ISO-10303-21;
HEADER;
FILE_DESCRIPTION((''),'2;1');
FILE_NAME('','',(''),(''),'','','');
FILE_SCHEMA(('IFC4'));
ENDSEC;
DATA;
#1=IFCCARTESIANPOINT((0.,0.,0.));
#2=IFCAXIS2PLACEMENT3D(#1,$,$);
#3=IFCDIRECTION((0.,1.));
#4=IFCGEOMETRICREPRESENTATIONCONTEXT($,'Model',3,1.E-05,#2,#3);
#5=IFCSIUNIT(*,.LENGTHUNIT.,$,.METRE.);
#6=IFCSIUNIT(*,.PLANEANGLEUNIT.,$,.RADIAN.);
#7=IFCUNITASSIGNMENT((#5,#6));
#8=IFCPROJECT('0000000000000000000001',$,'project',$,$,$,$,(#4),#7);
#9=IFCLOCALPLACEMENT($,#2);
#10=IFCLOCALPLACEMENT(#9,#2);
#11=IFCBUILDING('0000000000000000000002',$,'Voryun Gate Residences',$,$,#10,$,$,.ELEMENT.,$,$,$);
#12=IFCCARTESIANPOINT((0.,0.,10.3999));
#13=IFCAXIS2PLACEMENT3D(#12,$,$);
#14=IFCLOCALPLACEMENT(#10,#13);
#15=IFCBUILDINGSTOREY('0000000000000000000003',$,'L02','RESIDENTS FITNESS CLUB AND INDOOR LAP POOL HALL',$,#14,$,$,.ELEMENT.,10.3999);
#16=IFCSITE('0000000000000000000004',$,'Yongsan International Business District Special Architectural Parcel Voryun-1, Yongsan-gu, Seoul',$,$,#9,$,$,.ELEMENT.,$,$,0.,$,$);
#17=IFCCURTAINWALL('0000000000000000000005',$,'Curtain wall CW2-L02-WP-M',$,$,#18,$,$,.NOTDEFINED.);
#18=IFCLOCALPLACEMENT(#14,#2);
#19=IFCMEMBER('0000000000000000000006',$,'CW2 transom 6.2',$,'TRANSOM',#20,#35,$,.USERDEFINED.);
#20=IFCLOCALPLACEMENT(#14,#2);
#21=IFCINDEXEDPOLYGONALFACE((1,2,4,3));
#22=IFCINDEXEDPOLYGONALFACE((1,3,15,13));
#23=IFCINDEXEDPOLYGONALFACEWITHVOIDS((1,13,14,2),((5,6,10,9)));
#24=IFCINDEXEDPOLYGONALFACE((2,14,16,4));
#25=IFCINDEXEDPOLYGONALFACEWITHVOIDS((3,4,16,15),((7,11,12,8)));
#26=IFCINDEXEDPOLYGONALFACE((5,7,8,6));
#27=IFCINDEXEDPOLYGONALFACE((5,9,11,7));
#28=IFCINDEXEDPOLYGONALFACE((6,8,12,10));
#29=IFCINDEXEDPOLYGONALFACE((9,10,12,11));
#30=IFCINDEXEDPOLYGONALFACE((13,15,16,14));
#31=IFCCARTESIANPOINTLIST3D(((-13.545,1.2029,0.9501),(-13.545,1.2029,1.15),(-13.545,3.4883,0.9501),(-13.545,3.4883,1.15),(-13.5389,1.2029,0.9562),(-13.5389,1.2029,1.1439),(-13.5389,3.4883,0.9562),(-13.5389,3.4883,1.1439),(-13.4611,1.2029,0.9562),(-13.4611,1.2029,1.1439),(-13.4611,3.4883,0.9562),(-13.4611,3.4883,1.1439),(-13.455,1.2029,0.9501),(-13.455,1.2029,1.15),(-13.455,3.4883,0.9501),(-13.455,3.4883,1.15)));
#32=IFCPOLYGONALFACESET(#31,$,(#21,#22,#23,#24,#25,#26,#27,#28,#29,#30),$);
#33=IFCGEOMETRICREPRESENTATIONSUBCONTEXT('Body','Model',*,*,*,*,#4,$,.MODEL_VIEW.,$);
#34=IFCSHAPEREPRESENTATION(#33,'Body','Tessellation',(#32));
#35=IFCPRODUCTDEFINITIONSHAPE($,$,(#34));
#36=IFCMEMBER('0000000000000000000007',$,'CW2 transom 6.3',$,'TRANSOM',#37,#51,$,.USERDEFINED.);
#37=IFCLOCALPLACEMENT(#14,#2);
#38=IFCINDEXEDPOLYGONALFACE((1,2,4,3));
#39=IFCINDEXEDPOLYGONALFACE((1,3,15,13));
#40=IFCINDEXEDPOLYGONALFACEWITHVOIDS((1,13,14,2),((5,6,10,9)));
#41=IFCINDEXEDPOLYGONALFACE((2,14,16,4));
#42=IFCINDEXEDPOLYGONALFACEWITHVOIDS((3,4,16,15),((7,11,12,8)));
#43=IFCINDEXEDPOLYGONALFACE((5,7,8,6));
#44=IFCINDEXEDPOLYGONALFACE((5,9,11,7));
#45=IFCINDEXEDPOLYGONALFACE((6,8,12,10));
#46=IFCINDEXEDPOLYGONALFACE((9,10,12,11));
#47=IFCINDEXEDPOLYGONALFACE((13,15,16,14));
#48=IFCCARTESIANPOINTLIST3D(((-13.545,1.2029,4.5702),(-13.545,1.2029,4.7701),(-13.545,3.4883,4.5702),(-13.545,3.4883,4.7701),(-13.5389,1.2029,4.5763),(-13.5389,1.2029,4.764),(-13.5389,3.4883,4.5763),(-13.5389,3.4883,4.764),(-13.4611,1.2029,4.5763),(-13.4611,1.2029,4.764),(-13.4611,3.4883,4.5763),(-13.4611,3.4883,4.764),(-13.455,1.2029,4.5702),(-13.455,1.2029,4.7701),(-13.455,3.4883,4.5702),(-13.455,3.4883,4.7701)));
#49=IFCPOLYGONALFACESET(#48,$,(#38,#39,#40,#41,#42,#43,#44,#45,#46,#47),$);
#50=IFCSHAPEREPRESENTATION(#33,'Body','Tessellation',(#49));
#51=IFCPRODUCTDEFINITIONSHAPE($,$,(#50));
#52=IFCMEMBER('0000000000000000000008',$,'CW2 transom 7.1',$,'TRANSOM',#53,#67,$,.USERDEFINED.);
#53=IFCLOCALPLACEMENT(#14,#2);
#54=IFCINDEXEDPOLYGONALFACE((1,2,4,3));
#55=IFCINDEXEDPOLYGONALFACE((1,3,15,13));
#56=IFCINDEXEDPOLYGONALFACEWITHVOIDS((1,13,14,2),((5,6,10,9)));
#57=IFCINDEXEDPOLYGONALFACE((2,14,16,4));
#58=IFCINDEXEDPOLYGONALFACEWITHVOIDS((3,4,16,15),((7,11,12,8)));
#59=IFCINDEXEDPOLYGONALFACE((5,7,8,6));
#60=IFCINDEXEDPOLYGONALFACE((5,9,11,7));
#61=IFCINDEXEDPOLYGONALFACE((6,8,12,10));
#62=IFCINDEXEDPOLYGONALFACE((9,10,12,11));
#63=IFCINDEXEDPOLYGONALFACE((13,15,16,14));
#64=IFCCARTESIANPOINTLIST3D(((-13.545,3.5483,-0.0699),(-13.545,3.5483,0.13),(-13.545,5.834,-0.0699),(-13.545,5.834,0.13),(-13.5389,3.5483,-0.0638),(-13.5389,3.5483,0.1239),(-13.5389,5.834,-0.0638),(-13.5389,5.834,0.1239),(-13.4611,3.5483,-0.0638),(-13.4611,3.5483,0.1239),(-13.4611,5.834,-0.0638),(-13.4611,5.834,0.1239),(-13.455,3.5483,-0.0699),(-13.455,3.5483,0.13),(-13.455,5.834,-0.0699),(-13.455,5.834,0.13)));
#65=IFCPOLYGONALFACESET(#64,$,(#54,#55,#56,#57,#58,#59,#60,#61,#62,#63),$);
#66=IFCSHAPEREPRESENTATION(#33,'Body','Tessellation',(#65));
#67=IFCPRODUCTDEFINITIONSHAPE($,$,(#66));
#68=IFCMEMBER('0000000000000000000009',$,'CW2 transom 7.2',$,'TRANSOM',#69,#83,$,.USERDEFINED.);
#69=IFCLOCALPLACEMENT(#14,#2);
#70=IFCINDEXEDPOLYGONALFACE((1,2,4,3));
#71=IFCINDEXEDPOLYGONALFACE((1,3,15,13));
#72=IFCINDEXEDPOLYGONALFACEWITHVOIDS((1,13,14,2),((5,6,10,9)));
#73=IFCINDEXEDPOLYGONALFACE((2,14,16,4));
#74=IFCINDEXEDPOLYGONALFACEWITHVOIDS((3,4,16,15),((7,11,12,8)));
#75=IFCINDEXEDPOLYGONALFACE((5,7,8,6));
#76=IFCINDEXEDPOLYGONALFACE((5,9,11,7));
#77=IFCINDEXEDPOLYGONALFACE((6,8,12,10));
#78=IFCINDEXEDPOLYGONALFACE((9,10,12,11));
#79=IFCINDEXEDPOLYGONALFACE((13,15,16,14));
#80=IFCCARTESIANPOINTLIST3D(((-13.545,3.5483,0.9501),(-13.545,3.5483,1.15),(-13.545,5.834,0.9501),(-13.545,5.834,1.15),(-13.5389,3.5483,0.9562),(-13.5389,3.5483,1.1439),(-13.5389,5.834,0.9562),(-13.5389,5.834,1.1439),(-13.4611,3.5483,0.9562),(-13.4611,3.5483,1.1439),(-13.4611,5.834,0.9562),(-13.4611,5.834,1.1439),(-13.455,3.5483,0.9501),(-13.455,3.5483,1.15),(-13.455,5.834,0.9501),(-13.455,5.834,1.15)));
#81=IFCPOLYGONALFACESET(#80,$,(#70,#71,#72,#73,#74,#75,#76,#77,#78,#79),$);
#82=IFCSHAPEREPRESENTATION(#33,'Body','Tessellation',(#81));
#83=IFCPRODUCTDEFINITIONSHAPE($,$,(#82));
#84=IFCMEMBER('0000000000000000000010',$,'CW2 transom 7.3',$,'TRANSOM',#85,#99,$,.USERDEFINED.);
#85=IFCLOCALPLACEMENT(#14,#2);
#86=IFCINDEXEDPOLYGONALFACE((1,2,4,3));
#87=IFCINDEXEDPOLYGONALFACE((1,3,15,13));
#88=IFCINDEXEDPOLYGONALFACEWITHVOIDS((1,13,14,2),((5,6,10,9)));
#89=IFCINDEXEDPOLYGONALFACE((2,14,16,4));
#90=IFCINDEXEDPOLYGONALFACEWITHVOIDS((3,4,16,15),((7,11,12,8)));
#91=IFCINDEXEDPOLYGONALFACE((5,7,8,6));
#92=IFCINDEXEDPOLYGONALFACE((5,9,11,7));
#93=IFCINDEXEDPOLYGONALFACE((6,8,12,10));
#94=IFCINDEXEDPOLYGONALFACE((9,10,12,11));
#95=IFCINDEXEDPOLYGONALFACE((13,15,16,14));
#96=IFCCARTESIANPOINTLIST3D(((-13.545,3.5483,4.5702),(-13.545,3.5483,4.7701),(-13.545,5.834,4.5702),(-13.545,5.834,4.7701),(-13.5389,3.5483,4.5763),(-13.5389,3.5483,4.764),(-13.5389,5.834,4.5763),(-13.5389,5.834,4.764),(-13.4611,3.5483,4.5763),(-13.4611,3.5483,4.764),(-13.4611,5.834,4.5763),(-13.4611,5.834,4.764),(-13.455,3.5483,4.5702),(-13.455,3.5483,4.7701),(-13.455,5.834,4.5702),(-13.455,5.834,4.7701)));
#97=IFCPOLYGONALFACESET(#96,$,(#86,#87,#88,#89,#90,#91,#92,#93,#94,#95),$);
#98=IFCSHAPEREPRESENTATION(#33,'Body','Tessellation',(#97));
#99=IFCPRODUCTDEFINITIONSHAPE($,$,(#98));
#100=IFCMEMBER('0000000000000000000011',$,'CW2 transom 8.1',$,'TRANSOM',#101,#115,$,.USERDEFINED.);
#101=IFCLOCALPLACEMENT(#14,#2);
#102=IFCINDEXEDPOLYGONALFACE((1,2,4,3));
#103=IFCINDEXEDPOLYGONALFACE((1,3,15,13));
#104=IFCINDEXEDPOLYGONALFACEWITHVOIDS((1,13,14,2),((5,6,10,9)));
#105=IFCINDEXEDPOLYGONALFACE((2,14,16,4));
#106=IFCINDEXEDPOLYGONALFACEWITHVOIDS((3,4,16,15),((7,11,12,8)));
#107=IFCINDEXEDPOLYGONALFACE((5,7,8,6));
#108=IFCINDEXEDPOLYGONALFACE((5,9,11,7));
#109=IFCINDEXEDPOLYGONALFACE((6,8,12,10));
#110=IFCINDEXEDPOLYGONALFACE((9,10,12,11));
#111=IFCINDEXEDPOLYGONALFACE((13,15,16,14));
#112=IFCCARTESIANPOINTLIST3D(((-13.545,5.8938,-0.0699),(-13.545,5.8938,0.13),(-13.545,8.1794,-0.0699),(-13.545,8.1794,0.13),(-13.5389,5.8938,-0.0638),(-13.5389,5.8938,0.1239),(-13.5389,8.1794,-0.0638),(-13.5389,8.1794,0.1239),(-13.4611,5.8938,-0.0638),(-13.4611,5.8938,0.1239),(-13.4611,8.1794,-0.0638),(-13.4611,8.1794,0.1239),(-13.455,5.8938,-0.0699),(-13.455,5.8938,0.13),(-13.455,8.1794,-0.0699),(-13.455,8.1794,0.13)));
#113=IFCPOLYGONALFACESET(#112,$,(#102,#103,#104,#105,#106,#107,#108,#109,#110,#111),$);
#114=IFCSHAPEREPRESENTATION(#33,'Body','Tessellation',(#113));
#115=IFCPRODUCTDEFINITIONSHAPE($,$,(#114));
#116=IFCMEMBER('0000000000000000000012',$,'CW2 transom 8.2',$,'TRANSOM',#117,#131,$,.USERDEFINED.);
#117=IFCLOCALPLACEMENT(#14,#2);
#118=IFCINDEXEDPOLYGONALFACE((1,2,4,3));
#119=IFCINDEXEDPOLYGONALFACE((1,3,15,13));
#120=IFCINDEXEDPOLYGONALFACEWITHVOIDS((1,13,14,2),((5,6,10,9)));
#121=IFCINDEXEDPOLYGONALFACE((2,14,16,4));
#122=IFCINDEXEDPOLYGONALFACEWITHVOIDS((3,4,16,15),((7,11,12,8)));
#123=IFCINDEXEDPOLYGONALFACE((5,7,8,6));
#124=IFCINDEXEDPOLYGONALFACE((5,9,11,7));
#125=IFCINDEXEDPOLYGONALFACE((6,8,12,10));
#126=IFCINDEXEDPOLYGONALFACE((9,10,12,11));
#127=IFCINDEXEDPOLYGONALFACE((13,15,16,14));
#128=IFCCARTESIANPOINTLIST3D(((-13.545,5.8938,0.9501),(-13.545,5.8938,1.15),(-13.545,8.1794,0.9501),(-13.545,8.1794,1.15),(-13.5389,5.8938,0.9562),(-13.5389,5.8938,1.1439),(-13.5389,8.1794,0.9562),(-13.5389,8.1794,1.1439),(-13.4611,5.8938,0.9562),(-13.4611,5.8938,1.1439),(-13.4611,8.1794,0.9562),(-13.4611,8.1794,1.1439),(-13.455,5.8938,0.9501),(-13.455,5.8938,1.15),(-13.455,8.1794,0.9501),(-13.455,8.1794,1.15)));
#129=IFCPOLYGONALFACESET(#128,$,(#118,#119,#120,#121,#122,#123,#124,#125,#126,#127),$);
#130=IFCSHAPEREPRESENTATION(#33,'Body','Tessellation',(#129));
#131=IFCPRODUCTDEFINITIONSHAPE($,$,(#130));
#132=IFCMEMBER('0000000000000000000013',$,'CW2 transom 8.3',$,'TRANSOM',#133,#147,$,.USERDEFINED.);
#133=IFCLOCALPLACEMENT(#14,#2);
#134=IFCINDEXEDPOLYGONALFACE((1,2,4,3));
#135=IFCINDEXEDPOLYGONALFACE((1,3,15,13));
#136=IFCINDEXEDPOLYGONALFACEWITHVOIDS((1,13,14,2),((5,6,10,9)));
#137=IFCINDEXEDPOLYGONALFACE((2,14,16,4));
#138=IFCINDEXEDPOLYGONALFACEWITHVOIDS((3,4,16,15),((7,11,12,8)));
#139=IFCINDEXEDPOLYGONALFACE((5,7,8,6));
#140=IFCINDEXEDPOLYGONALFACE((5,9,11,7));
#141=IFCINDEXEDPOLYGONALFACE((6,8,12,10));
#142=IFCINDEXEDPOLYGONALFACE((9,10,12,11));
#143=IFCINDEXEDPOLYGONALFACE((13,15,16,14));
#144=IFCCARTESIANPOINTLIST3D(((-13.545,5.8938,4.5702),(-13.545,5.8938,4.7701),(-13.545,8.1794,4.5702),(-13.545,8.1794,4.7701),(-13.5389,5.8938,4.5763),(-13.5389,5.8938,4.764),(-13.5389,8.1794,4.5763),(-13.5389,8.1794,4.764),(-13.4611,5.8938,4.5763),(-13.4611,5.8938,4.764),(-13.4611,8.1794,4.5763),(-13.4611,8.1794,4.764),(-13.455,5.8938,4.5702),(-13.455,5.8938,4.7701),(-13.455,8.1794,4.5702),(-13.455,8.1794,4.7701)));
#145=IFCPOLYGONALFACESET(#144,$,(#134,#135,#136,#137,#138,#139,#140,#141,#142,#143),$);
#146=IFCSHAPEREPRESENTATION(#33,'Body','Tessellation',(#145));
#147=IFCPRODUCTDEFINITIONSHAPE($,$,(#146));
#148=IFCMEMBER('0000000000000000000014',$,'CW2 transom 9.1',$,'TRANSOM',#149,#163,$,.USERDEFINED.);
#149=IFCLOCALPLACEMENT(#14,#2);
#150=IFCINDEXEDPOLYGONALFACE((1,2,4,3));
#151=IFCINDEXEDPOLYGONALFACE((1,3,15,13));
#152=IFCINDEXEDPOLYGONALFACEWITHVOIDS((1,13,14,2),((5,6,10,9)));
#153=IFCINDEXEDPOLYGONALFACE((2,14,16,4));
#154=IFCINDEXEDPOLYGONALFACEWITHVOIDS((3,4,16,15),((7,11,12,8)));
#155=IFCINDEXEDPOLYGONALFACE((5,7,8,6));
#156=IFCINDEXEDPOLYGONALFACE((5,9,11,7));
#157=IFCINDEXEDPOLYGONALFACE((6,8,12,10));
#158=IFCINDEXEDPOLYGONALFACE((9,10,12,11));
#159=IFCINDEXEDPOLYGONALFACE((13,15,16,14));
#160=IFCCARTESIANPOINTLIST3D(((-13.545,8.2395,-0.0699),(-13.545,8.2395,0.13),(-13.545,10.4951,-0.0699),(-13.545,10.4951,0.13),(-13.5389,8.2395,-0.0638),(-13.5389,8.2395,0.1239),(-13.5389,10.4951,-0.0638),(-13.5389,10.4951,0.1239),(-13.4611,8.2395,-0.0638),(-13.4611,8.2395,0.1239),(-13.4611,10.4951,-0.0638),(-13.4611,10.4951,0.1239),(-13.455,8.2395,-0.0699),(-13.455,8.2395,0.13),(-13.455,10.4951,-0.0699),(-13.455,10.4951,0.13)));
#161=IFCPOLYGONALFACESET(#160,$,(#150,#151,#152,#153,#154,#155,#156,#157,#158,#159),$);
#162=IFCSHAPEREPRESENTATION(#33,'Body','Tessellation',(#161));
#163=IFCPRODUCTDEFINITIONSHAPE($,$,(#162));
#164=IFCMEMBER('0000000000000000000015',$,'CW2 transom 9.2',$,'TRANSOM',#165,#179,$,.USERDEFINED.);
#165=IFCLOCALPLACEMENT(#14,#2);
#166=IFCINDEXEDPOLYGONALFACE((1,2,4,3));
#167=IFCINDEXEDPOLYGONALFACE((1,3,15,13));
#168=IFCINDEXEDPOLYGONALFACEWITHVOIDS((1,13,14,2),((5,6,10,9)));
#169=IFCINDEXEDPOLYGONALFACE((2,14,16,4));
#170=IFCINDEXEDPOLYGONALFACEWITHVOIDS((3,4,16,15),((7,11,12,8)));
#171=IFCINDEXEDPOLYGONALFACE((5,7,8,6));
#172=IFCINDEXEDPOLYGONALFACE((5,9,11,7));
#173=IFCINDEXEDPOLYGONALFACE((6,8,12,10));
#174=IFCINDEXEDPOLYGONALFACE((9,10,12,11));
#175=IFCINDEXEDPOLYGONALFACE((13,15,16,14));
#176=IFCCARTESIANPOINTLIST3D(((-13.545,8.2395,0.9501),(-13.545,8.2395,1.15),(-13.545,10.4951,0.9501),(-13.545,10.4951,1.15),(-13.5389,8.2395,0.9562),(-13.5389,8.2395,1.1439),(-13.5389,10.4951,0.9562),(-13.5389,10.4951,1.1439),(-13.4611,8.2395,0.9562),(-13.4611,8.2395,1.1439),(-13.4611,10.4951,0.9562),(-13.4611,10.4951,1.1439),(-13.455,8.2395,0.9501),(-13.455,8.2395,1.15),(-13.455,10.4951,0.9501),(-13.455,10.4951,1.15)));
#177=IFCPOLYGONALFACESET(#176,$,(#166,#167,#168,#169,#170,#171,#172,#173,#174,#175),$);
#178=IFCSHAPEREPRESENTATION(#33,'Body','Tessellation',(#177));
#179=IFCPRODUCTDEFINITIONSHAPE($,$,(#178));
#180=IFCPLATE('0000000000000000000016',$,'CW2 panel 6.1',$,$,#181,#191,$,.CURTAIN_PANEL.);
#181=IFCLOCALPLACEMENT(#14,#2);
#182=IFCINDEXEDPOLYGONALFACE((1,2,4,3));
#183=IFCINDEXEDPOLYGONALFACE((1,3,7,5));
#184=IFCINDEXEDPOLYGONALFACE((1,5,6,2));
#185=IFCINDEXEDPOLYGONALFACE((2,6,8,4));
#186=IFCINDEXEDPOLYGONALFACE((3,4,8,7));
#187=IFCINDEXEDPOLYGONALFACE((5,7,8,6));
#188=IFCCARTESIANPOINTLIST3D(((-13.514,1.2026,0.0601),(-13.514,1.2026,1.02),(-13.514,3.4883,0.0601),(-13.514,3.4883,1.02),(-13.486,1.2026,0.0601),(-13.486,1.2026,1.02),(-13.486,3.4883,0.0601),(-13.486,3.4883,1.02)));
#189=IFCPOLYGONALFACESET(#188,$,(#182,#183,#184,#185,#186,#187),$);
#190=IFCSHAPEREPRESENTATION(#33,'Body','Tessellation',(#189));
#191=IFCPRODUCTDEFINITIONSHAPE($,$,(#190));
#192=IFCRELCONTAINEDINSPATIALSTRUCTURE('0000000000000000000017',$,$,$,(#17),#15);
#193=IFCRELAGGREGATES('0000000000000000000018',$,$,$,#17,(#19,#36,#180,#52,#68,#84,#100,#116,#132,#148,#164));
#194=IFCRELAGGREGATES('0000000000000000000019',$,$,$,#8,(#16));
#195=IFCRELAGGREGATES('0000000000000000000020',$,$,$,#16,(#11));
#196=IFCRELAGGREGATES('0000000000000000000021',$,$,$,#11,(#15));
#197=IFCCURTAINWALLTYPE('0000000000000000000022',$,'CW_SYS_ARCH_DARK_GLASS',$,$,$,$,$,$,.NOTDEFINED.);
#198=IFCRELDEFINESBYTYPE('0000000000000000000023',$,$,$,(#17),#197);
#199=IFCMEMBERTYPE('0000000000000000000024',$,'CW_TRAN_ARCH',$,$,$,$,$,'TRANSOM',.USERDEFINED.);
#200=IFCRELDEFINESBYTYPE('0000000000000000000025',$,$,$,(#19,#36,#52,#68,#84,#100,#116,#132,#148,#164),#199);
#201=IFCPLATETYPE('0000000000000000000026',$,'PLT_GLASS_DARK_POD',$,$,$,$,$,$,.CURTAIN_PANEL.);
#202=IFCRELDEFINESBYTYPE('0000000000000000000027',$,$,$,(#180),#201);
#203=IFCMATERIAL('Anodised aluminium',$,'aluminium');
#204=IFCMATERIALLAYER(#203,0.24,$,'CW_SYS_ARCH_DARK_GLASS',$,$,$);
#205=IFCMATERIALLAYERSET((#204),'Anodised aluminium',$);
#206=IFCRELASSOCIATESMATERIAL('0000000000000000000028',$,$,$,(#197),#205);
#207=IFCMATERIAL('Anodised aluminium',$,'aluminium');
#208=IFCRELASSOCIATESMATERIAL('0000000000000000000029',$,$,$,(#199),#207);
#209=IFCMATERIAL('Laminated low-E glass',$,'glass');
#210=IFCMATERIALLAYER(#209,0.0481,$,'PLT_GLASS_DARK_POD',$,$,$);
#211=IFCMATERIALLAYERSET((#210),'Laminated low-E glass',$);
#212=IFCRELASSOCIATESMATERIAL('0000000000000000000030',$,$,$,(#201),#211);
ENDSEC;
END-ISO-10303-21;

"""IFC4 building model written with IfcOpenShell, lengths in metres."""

from ifc_helpers import new_model, si_unit, direction, frame, origin, origin_2d, place, context, subcontext, project, spatial, rectangle, hollow_rectangle, extrude, material, layer, layer_set, material_profile, profile_set, type_object, element, aggregate, save


model = new_model("IFC4")

# Units and contexts
model_context = context("Model", 3, precision=1e-05, world=origin(), true_north=direction((0.0, 1.0)))
body_context = subcontext(model_context, "Body", "Model", "MODEL_VIEW")
ifc_project = project(units=[si_unit("LENGTHUNIT", "METRE"), si_unit("PLANEANGLEUNIT", "RADIAN")], contexts=[model_context])

# Site, building, storey
site_placement = place(None, origin())
site = spatial("IfcSite", under=ifc_project, at=site_placement, Name="Yongsan International Business District Special Architectural Parcel Voryun-1, Yongsan-gu, Seoul", CompositionType="ELEMENT", RefElevation=0.0)
building_placement = place(site_placement, origin())
building = spatial("IfcBuilding", under=site, at=building_placement, Name="Voryun Gate Residences", CompositionType="ELEMENT")
storey_placement = place(building_placement, frame((0.0, 0.0, 10.3999)))
storey = spatial("IfcBuildingStorey", under=building, at=storey_placement, Name="L02", Description="RESIDENTS FITNESS CLUB AND INDOOR LAP POOL HALL", CompositionType="ELEMENT", Elevation=10.3999)

# Curtain wall, members, plate
ifc_material_1 = material(Name="Anodised aluminium", Category="aluminium")
ifc_layer_1 = layer(ifc_material_1, 0.24, Name="CW_SYS_ARCH_DARK_GLASS")
ifc_layer_set_1 = layer_set([ifc_layer_1], Name="Anodised aluminium")
curtain_wall_type = type_object("IfcCurtainWallType", Name="CW_SYS_ARCH_DARK_GLASS", PredefinedType="NOTDEFINED", material=ifc_layer_set_1)
curtain_wall_placement = place(storey_placement, origin())
curtain_wall = element("IfcCurtainWall", 1, at=curtain_wall_placement, inside=storey, type_object=curtain_wall_type, Name="Curtain wall CW2-L02-WP-M", PredefinedType="NOTDEFINED")
ifc_material_2 = material(Name="Anodised aluminium", Category="aluminium")
ifc_material_profile_1 = material_profile(ifc_material_2, hollow_rectangle(XDim=0.0901, YDim=0.2, WallThickness=0.0061, at=origin_2d()), Name="ALU-TRAN-200x90x6")
ifc_profile_set_1 = profile_set([ifc_material_profile_1], Name="Anodised aluminium")
member_type_1 = type_object("IfcMemberType", Name="CW_TRAN_ARCH", ElementType="TRANSOM", PredefinedType="USERDEFINED", material=ifc_profile_set_1)
member_1_placement = place(storey_placement, frame((-13.5, 1.2029, 1.05), z_axis=(0.0, 1.0, 0.0), x_axis=(-1.0, 0.0, 0.0)))
member_1 = element("IfcMember", 2, at=member_1_placement, type_object=member_type_1, Name="CW2 transom 6.2", ObjectType="TRANSOM", PredefinedType="USERDEFINED", context=body_context, shape_type="SweptSolid", body=[
    extrude(hollow_rectangle(XDim=0.0901, YDim=0.2, WallThickness=0.0061, at=origin_2d()), origin(), (0.0, 0.0, 1.0), 2.2854),
])
member_2_placement = place(storey_placement, frame((-13.5, 1.2029, 4.6702), z_axis=(0.0, 1.0, 0.0), x_axis=(-1.0, 0.0, 0.0)))
member_2 = element("IfcMember", 3, at=member_2_placement, type_object=member_type_1, Name="CW2 transom 6.3", ObjectType="TRANSOM", PredefinedType="USERDEFINED", context=body_context, shape_type="SweptSolid", body=[
    extrude(hollow_rectangle(XDim=0.0901, YDim=0.2, WallThickness=0.0061, at=origin_2d()), origin(), (0.0, 0.0, 1.0), 2.2854),
])
member_3_placement = place(storey_placement, frame((-13.5, 3.5483, 0.03), z_axis=(0.0, 1.0, 0.0), x_axis=(-1.0, 0.0, 0.0)))
member_3 = element("IfcMember", 4, at=member_3_placement, type_object=member_type_1, Name="CW2 transom 7.1", ObjectType="TRANSOM", PredefinedType="USERDEFINED", context=body_context, shape_type="SweptSolid", body=[
    extrude(hollow_rectangle(XDim=0.0901, YDim=0.2, WallThickness=0.0061, at=origin_2d()), origin(), (0.0, 0.0, 1.0), 2.2856),
])
member_4_placement = place(storey_placement, frame((-13.5, 3.5483, 1.05), z_axis=(0.0, 1.0, 0.0), x_axis=(-1.0, 0.0, 0.0)))
member_4 = element("IfcMember", 5, at=member_4_placement, type_object=member_type_1, Name="CW2 transom 7.2", ObjectType="TRANSOM", PredefinedType="USERDEFINED", context=body_context, shape_type="SweptSolid", body=[
    extrude(hollow_rectangle(XDim=0.0901, YDim=0.2, WallThickness=0.0061, at=origin_2d()), origin(), (0.0, 0.0, 1.0), 2.2856),
])
member_5_placement = place(storey_placement, frame((-13.5, 3.5483, 4.6702), z_axis=(0.0, 1.0, 0.0), x_axis=(-1.0, 0.0, 0.0)))
member_5 = element("IfcMember", 6, at=member_5_placement, type_object=member_type_1, Name="CW2 transom 7.3", ObjectType="TRANSOM", PredefinedType="USERDEFINED", context=body_context, shape_type="SweptSolid", body=[
    extrude(hollow_rectangle(XDim=0.0901, YDim=0.2, WallThickness=0.0061, at=origin_2d()), origin(), (0.0, 0.0, 1.0), 2.2856),
])
member_6_placement = place(storey_placement, frame((-13.5, 5.8938, 0.03), z_axis=(0.0, 1.0, 0.0), x_axis=(-1.0, 0.0, 0.0)))
member_6 = element("IfcMember", 7, at=member_6_placement, type_object=member_type_1, Name="CW2 transom 8.1", ObjectType="TRANSOM", PredefinedType="USERDEFINED", context=body_context, shape_type="SweptSolid", body=[
    extrude(hollow_rectangle(XDim=0.0901, YDim=0.2, WallThickness=0.0061, at=origin_2d()), origin(), (0.0, 0.0, 1.0), 2.2856),
])
member_7_placement = place(storey_placement, frame((-13.5, 5.8938, 1.05), z_axis=(0.0, 1.0, 0.0), x_axis=(-1.0, 0.0, 0.0)))
member_7 = element("IfcMember", 8, at=member_7_placement, type_object=member_type_1, Name="CW2 transom 8.2", ObjectType="TRANSOM", PredefinedType="USERDEFINED", context=body_context, shape_type="SweptSolid", body=[
    extrude(hollow_rectangle(XDim=0.0901, YDim=0.2, WallThickness=0.0061, at=origin_2d()), origin(), (0.0, 0.0, 1.0), 2.2856),
])
member_8_placement = place(storey_placement, frame((-13.5, 5.8938, 4.6702), z_axis=(0.0, 1.0, 0.0), x_axis=(-1.0, 0.0, 0.0)))
member_8 = element("IfcMember", 9, at=member_8_placement, type_object=member_type_1, Name="CW2 transom 8.3", ObjectType="TRANSOM", PredefinedType="USERDEFINED", context=body_context, shape_type="SweptSolid", body=[
    extrude(hollow_rectangle(XDim=0.0901, YDim=0.2, WallThickness=0.0061, at=origin_2d()), origin(), (0.0, 0.0, 1.0), 2.2856),
])
member_9_placement = place(storey_placement, frame((-13.5, 8.2395, 0.03), z_axis=(0.0, 1.0, 0.0), x_axis=(-1.0, 0.0, 0.0)))
member_9 = element("IfcMember", 10, at=member_9_placement, type_object=member_type_1, Name="CW2 transom 9.1", ObjectType="TRANSOM", PredefinedType="USERDEFINED", context=body_context, shape_type="SweptSolid", body=[
    extrude(hollow_rectangle(XDim=0.0901, YDim=0.2, WallThickness=0.0061, at=origin_2d()), origin(), (0.0, 0.0, 1.0), 2.2556),
])
member_10_placement = place(storey_placement, frame((-13.5, 8.2395, 1.05), z_axis=(0.0, 1.0, 0.0), x_axis=(-1.0, 0.0, 0.0)))
member_10 = element("IfcMember", 11, at=member_10_placement, type_object=member_type_1, Name="CW2 transom 9.2", ObjectType="TRANSOM", PredefinedType="USERDEFINED", context=body_context, shape_type="SweptSolid", body=[
    extrude(hollow_rectangle(XDim=0.0901, YDim=0.2, WallThickness=0.0061, at=origin_2d()), origin(), (0.0, 0.0, 1.0), 2.2556),
])
ifc_material_3 = material(Name="Laminated low-E glass", Category="glass")
ifc_layer_2 = layer(ifc_material_3, 0.0481, Name="PLT_GLASS_DARK_POD")
ifc_layer_set_2 = layer_set([ifc_layer_2], Name="Laminated low-E glass")
plate_type = type_object("IfcPlateType", Name="PLT_GLASS_DARK_POD", PredefinedType="CURTAIN_PANEL", material=ifc_layer_set_2)
plate_1_placement = place(storey_placement, frame((-13.5, 2.3455, 0.0601), z_axis=(0.0, 0.0, 1.0), x_axis=(0.0, 1.0, 0.0)))
plate_1 = element("IfcPlate", 12, at=plate_1_placement, type_object=plate_type, Name="CW2 panel 6.1", PredefinedType="CURTAIN_PANEL", context=body_context, shape_type="SweptSolid", body=[
    extrude(rectangle(XDim=2.2856, YDim=0.0281, at=origin_2d()), origin(), (0.0, 0.0, 1.0), 0.96),
])
aggregate(curtain_wall, [member_1, member_2, plate_1, member_3, member_4, member_5, member_6, member_7, member_8, member_9, member_10])

save(model, "model.ifc")
